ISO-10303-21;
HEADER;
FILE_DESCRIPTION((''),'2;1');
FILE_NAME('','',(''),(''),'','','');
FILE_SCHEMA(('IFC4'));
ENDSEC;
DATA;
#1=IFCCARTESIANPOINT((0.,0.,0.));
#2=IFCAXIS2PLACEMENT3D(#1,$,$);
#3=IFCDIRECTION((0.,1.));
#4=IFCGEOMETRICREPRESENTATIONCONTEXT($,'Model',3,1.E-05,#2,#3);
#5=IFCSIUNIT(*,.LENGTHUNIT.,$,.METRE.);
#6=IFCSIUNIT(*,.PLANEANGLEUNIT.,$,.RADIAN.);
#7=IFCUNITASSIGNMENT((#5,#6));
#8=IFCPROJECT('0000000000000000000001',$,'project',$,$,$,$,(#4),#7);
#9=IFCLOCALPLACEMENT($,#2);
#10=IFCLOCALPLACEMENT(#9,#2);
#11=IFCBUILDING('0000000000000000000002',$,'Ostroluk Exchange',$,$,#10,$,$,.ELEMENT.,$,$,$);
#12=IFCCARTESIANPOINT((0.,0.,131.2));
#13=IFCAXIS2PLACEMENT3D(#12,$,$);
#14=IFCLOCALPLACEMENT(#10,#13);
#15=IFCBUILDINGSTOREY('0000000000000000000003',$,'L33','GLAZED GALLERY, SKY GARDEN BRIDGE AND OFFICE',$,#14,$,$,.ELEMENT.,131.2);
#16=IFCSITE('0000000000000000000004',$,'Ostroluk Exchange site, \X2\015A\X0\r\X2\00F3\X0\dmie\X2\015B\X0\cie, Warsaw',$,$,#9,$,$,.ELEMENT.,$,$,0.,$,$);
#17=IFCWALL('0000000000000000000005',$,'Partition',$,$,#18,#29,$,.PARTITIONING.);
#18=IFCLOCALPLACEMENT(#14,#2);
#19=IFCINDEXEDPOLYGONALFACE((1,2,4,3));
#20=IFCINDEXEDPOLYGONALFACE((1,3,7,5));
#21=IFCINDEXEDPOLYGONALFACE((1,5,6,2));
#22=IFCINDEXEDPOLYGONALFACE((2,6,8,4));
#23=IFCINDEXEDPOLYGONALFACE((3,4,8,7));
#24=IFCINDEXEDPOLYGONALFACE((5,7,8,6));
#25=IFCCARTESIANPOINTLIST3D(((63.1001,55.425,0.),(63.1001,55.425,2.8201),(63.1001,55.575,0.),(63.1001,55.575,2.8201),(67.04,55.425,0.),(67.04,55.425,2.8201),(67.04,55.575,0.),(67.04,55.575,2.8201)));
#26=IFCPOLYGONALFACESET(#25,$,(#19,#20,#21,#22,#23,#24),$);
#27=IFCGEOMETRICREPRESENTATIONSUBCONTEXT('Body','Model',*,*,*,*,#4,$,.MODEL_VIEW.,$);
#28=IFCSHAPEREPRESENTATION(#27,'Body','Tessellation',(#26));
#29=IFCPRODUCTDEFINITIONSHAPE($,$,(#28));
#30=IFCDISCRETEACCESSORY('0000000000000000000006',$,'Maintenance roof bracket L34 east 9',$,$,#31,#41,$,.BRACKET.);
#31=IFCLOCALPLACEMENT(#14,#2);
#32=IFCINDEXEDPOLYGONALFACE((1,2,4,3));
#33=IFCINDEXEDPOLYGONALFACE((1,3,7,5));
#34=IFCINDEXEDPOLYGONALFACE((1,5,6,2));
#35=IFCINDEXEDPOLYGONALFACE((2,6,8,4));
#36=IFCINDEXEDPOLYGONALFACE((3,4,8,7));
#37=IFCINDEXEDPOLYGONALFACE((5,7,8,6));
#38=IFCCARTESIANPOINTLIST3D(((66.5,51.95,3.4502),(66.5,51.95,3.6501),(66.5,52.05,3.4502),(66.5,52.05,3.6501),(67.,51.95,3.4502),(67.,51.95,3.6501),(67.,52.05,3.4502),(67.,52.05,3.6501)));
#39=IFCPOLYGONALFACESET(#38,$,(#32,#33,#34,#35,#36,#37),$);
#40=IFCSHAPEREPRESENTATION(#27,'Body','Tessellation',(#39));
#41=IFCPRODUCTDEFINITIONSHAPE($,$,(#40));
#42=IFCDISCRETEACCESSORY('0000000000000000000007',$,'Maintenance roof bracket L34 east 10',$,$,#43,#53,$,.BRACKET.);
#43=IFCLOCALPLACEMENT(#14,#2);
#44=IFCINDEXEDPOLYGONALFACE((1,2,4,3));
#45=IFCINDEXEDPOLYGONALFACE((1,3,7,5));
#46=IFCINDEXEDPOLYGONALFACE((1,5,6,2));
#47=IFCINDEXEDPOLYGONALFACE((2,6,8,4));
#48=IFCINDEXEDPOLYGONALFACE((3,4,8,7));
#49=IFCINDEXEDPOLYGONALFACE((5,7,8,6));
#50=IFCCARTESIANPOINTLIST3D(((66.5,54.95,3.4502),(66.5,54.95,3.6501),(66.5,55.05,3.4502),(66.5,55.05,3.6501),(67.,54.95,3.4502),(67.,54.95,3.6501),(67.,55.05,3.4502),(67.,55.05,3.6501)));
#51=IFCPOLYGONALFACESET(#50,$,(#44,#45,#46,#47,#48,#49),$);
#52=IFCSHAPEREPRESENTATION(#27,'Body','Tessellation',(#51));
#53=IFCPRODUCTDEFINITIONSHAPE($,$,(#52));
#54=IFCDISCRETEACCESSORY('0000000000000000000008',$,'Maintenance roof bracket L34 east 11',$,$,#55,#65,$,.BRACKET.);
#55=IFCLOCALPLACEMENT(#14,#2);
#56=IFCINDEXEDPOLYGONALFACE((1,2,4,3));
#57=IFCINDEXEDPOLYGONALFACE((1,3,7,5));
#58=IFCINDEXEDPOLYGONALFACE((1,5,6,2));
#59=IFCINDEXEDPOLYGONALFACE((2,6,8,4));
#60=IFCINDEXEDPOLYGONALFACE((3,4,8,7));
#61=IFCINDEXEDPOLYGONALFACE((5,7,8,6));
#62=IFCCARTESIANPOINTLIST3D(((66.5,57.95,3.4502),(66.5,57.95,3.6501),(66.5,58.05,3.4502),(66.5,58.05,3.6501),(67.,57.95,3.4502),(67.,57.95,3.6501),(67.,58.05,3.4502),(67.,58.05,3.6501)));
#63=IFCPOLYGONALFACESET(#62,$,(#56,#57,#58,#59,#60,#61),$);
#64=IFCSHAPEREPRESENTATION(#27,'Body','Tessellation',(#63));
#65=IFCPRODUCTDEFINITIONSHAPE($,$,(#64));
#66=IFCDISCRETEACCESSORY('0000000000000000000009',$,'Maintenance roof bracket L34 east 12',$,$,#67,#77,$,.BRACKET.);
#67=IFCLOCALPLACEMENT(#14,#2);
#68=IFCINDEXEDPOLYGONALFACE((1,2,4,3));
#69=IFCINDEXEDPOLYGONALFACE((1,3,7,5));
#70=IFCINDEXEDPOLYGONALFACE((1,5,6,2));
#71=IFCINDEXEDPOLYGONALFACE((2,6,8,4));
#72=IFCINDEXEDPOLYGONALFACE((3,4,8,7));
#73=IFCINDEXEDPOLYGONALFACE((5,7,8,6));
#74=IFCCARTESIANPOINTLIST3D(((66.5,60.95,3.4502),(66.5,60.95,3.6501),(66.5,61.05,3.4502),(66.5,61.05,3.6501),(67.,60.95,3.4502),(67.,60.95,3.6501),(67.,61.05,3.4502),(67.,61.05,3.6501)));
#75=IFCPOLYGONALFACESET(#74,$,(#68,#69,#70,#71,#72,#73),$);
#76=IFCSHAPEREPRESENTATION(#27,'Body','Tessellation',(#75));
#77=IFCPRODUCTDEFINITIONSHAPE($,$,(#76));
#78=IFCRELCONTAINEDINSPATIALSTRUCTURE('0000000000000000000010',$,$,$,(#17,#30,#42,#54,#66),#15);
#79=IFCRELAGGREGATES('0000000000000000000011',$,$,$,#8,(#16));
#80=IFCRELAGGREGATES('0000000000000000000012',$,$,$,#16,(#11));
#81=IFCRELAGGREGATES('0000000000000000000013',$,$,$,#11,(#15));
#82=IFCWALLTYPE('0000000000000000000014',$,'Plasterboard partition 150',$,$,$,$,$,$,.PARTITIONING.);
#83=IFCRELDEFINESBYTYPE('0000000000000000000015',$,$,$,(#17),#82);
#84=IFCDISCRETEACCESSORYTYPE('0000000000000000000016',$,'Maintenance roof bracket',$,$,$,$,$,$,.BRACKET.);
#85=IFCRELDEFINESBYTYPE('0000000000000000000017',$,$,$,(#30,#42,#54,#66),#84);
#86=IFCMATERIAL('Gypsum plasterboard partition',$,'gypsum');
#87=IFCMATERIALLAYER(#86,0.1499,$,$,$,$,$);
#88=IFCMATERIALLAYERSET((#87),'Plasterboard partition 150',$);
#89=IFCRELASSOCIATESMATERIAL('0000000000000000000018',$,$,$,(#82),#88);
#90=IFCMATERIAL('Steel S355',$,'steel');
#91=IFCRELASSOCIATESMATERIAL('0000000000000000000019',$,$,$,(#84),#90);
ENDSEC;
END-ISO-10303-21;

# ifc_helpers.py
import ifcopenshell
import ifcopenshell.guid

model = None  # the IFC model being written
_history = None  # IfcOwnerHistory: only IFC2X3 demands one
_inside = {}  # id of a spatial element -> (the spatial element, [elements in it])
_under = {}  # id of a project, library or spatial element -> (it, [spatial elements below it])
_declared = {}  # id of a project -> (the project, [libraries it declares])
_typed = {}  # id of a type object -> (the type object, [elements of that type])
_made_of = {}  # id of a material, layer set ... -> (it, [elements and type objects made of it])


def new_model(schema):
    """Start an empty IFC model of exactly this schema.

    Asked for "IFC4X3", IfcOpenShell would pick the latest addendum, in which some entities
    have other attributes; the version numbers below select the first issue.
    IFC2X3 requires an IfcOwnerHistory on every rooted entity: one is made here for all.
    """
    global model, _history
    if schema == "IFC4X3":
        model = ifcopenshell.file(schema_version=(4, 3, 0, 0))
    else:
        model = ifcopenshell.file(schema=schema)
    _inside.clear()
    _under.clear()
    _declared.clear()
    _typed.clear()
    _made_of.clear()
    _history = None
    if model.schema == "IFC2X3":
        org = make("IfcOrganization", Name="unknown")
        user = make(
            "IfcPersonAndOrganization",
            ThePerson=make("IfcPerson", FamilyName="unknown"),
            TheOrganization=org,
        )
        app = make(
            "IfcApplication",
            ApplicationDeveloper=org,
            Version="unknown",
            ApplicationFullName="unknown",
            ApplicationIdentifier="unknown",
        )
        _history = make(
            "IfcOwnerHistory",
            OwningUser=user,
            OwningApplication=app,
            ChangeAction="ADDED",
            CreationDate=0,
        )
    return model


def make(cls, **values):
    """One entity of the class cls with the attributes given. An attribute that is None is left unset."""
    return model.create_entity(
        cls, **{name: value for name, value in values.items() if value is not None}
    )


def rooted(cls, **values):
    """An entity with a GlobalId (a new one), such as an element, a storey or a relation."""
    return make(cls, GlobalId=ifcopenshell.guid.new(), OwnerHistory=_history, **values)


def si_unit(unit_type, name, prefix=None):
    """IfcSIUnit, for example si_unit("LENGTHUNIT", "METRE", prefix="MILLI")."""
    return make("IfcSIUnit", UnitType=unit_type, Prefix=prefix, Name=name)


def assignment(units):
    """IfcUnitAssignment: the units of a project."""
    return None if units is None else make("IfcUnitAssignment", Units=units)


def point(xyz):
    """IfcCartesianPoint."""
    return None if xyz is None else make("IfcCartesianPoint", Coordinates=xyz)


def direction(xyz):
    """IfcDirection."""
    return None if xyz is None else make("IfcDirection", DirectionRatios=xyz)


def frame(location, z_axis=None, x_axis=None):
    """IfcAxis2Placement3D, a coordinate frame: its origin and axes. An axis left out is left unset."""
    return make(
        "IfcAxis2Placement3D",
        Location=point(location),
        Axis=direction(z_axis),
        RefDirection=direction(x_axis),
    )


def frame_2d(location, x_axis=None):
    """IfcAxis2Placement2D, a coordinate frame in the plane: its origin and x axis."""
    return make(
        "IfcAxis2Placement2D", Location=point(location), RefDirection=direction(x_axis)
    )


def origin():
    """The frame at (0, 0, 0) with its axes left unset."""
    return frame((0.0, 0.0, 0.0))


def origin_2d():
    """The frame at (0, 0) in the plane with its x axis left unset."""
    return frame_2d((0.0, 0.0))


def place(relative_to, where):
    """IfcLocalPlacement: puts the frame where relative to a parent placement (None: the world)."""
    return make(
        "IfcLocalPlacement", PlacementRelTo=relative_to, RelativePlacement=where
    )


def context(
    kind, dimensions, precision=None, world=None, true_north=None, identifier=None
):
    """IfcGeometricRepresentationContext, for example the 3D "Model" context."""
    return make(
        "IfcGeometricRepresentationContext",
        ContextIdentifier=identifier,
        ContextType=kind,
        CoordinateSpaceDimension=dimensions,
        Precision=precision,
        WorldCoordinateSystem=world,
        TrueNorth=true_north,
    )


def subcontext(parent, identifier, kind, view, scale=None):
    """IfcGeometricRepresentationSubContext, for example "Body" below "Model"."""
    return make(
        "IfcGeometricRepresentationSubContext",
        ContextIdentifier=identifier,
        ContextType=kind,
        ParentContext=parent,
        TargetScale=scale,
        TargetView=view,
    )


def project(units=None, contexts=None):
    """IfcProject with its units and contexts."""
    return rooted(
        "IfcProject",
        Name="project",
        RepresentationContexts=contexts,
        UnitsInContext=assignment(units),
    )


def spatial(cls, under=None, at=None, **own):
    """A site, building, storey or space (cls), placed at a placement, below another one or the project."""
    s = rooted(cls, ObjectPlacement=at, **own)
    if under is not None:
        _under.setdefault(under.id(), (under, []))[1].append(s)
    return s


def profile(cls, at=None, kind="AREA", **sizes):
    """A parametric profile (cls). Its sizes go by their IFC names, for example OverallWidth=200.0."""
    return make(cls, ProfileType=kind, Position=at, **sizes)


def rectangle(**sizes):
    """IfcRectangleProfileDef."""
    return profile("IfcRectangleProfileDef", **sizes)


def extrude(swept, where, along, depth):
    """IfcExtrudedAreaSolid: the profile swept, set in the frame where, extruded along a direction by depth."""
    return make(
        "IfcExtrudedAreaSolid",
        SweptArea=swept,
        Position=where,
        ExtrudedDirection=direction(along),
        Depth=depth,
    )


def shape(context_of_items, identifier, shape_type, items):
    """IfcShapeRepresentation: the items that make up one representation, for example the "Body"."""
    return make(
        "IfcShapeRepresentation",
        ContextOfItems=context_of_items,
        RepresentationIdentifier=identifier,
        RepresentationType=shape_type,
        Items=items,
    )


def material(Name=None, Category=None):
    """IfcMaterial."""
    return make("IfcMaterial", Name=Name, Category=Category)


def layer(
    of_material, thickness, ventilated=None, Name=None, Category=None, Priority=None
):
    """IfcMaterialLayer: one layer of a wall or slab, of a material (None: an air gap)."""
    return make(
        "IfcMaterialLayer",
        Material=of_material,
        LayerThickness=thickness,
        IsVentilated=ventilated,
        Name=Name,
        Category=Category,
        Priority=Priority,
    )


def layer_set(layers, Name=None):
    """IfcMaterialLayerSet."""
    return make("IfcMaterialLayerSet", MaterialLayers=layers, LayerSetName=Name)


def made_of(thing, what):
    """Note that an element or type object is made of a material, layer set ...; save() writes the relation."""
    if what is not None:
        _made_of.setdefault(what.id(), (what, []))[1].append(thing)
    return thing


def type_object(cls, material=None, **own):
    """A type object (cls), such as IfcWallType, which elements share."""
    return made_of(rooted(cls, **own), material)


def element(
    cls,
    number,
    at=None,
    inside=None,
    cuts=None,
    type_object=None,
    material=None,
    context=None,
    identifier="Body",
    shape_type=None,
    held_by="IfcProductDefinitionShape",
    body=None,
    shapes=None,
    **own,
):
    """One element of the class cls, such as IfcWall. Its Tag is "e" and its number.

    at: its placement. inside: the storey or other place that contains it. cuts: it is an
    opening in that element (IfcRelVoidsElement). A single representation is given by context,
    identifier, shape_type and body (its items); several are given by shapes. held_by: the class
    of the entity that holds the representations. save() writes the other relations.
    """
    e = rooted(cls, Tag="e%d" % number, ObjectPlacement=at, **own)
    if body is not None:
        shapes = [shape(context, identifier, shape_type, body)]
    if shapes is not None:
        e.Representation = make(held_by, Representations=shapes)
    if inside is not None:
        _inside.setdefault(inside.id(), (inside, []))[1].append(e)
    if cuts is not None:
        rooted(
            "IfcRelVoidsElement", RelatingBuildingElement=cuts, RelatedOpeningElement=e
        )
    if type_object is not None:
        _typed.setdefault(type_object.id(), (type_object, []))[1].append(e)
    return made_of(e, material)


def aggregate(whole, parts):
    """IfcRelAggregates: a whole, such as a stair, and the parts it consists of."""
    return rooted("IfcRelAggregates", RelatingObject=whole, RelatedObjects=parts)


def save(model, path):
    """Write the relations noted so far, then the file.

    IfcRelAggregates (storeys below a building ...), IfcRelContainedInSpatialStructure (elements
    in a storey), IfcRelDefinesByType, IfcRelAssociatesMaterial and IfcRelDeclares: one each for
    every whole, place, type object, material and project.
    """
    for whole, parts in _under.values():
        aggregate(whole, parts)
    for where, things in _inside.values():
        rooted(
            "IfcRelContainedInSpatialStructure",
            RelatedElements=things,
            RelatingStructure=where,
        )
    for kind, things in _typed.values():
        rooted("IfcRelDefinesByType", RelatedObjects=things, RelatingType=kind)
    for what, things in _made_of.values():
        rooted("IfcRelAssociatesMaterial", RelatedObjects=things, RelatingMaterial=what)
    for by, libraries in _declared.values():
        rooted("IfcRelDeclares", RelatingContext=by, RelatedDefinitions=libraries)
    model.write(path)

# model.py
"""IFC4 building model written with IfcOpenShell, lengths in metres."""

from ifc_helpers import new_model, si_unit, direction, frame, frame_2d, origin, origin_2d, place, context, subcontext, project, spatial, rectangle, extrude, material, layer, layer_set, type_object, element, save


model = new_model("IFC4")

# Units and contexts
model_context = context("Model", 3, precision=1e-05, world=origin(), true_north=direction((0.0, 1.0)))
body_context = subcontext(model_context, "Body", "Model", "MODEL_VIEW")
ifc_project = project(units=[si_unit("LENGTHUNIT", "METRE"), si_unit("PLANEANGLEUNIT", "RADIAN")], contexts=[model_context])

# Site, building, storey
site_placement = place(None, origin())
site = spatial("IfcSite", under=ifc_project, at=site_placement, Name="Ostroluk Exchange site, Śródmieście, Warsaw", CompositionType="ELEMENT", RefElevation=0.0)
building_placement = place(site_placement, origin())
building = spatial("IfcBuilding", under=site, at=building_placement, Name="Ostroluk Exchange", CompositionType="ELEMENT")
storey_placement = place(building_placement, frame((0.0, 0.0, 131.2)))
storey = spatial("IfcBuildingStorey", under=building, at=storey_placement, Name="L33", Description="GLAZED GALLERY, SKY GARDEN BRIDGE AND OFFICE", CompositionType="ELEMENT", Elevation=131.2)

# Wall
ifc_material_1 = material(Name="Gypsum plasterboard partition", Category="gypsum")
ifc_layer_1 = layer(ifc_material_1, 0.1499)
ifc_layer_set_1 = layer_set([ifc_layer_1], Name="Plasterboard partition 150")
wall_type = type_object("IfcWallType", Name="Plasterboard partition 150", PredefinedType="PARTITIONING", material=ifc_layer_set_1)
wall_placement = place(storey_placement, frame((63.1001, 55.5, 0.0), z_axis=(0.0, 0.0, 1.0), x_axis=(1.0, 0.0, 0.0)))
element("IfcWall", 1, at=wall_placement, inside=storey, type_object=wall_type, Name="Partition", PredefinedType="PARTITIONING", context=body_context, shape_type="SweptSolid", body=[
    extrude(rectangle(XDim=3.9399, YDim=0.1499, at=frame_2d((1.97, 0.0))), origin(), (0.0, 0.0, 1.0), 2.8201),
])

# Discrete accessories
ifc_material_2 = material(Name="Steel S355", Category="steel")
discrete_accessory_type = type_object("IfcDiscreteAccessoryType", Name="Maintenance roof bracket", PredefinedType="BRACKET", material=ifc_material_2)
for number, where, z_axis, x_axis, name in (
    (2, (66.75, 52.0, 3.4502), (0.0, 0.0, 1.0), (1.0, 0.0, 0.0), "Maintenance roof bracket L34 east 9"),
    (3, (66.75, 55.0, 3.4502), (0.0, 0.0, 1.0), (1.0, 0.0, 0.0), "Maintenance roof bracket L34 east 10"),
    (4, (66.75, 58.0, 3.4502), (0.0, 0.0, 1.0), (1.0, 0.0, 0.0), "Maintenance roof bracket L34 east 11"),
    (5, (66.75, 61.0, 3.4502), (0.0, 0.0, 1.0), (1.0, 0.0, 0.0), "Maintenance roof bracket L34 east 12"),
):
    element("IfcDiscreteAccessory", number, at=place(storey_placement, frame(where, z_axis=z_axis, x_axis=x_axis)), inside=storey, type_object=discrete_accessory_type, Name=name, PredefinedType="BRACKET", context=body_context, shape_type="SweptSolid", body=[
        extrude(rectangle(XDim=0.5, YDim=0.1001, at=origin_2d()), origin(), (0.0, 0.0, 1.0), 0.2),
    ])

save(model, "model.ifc")
